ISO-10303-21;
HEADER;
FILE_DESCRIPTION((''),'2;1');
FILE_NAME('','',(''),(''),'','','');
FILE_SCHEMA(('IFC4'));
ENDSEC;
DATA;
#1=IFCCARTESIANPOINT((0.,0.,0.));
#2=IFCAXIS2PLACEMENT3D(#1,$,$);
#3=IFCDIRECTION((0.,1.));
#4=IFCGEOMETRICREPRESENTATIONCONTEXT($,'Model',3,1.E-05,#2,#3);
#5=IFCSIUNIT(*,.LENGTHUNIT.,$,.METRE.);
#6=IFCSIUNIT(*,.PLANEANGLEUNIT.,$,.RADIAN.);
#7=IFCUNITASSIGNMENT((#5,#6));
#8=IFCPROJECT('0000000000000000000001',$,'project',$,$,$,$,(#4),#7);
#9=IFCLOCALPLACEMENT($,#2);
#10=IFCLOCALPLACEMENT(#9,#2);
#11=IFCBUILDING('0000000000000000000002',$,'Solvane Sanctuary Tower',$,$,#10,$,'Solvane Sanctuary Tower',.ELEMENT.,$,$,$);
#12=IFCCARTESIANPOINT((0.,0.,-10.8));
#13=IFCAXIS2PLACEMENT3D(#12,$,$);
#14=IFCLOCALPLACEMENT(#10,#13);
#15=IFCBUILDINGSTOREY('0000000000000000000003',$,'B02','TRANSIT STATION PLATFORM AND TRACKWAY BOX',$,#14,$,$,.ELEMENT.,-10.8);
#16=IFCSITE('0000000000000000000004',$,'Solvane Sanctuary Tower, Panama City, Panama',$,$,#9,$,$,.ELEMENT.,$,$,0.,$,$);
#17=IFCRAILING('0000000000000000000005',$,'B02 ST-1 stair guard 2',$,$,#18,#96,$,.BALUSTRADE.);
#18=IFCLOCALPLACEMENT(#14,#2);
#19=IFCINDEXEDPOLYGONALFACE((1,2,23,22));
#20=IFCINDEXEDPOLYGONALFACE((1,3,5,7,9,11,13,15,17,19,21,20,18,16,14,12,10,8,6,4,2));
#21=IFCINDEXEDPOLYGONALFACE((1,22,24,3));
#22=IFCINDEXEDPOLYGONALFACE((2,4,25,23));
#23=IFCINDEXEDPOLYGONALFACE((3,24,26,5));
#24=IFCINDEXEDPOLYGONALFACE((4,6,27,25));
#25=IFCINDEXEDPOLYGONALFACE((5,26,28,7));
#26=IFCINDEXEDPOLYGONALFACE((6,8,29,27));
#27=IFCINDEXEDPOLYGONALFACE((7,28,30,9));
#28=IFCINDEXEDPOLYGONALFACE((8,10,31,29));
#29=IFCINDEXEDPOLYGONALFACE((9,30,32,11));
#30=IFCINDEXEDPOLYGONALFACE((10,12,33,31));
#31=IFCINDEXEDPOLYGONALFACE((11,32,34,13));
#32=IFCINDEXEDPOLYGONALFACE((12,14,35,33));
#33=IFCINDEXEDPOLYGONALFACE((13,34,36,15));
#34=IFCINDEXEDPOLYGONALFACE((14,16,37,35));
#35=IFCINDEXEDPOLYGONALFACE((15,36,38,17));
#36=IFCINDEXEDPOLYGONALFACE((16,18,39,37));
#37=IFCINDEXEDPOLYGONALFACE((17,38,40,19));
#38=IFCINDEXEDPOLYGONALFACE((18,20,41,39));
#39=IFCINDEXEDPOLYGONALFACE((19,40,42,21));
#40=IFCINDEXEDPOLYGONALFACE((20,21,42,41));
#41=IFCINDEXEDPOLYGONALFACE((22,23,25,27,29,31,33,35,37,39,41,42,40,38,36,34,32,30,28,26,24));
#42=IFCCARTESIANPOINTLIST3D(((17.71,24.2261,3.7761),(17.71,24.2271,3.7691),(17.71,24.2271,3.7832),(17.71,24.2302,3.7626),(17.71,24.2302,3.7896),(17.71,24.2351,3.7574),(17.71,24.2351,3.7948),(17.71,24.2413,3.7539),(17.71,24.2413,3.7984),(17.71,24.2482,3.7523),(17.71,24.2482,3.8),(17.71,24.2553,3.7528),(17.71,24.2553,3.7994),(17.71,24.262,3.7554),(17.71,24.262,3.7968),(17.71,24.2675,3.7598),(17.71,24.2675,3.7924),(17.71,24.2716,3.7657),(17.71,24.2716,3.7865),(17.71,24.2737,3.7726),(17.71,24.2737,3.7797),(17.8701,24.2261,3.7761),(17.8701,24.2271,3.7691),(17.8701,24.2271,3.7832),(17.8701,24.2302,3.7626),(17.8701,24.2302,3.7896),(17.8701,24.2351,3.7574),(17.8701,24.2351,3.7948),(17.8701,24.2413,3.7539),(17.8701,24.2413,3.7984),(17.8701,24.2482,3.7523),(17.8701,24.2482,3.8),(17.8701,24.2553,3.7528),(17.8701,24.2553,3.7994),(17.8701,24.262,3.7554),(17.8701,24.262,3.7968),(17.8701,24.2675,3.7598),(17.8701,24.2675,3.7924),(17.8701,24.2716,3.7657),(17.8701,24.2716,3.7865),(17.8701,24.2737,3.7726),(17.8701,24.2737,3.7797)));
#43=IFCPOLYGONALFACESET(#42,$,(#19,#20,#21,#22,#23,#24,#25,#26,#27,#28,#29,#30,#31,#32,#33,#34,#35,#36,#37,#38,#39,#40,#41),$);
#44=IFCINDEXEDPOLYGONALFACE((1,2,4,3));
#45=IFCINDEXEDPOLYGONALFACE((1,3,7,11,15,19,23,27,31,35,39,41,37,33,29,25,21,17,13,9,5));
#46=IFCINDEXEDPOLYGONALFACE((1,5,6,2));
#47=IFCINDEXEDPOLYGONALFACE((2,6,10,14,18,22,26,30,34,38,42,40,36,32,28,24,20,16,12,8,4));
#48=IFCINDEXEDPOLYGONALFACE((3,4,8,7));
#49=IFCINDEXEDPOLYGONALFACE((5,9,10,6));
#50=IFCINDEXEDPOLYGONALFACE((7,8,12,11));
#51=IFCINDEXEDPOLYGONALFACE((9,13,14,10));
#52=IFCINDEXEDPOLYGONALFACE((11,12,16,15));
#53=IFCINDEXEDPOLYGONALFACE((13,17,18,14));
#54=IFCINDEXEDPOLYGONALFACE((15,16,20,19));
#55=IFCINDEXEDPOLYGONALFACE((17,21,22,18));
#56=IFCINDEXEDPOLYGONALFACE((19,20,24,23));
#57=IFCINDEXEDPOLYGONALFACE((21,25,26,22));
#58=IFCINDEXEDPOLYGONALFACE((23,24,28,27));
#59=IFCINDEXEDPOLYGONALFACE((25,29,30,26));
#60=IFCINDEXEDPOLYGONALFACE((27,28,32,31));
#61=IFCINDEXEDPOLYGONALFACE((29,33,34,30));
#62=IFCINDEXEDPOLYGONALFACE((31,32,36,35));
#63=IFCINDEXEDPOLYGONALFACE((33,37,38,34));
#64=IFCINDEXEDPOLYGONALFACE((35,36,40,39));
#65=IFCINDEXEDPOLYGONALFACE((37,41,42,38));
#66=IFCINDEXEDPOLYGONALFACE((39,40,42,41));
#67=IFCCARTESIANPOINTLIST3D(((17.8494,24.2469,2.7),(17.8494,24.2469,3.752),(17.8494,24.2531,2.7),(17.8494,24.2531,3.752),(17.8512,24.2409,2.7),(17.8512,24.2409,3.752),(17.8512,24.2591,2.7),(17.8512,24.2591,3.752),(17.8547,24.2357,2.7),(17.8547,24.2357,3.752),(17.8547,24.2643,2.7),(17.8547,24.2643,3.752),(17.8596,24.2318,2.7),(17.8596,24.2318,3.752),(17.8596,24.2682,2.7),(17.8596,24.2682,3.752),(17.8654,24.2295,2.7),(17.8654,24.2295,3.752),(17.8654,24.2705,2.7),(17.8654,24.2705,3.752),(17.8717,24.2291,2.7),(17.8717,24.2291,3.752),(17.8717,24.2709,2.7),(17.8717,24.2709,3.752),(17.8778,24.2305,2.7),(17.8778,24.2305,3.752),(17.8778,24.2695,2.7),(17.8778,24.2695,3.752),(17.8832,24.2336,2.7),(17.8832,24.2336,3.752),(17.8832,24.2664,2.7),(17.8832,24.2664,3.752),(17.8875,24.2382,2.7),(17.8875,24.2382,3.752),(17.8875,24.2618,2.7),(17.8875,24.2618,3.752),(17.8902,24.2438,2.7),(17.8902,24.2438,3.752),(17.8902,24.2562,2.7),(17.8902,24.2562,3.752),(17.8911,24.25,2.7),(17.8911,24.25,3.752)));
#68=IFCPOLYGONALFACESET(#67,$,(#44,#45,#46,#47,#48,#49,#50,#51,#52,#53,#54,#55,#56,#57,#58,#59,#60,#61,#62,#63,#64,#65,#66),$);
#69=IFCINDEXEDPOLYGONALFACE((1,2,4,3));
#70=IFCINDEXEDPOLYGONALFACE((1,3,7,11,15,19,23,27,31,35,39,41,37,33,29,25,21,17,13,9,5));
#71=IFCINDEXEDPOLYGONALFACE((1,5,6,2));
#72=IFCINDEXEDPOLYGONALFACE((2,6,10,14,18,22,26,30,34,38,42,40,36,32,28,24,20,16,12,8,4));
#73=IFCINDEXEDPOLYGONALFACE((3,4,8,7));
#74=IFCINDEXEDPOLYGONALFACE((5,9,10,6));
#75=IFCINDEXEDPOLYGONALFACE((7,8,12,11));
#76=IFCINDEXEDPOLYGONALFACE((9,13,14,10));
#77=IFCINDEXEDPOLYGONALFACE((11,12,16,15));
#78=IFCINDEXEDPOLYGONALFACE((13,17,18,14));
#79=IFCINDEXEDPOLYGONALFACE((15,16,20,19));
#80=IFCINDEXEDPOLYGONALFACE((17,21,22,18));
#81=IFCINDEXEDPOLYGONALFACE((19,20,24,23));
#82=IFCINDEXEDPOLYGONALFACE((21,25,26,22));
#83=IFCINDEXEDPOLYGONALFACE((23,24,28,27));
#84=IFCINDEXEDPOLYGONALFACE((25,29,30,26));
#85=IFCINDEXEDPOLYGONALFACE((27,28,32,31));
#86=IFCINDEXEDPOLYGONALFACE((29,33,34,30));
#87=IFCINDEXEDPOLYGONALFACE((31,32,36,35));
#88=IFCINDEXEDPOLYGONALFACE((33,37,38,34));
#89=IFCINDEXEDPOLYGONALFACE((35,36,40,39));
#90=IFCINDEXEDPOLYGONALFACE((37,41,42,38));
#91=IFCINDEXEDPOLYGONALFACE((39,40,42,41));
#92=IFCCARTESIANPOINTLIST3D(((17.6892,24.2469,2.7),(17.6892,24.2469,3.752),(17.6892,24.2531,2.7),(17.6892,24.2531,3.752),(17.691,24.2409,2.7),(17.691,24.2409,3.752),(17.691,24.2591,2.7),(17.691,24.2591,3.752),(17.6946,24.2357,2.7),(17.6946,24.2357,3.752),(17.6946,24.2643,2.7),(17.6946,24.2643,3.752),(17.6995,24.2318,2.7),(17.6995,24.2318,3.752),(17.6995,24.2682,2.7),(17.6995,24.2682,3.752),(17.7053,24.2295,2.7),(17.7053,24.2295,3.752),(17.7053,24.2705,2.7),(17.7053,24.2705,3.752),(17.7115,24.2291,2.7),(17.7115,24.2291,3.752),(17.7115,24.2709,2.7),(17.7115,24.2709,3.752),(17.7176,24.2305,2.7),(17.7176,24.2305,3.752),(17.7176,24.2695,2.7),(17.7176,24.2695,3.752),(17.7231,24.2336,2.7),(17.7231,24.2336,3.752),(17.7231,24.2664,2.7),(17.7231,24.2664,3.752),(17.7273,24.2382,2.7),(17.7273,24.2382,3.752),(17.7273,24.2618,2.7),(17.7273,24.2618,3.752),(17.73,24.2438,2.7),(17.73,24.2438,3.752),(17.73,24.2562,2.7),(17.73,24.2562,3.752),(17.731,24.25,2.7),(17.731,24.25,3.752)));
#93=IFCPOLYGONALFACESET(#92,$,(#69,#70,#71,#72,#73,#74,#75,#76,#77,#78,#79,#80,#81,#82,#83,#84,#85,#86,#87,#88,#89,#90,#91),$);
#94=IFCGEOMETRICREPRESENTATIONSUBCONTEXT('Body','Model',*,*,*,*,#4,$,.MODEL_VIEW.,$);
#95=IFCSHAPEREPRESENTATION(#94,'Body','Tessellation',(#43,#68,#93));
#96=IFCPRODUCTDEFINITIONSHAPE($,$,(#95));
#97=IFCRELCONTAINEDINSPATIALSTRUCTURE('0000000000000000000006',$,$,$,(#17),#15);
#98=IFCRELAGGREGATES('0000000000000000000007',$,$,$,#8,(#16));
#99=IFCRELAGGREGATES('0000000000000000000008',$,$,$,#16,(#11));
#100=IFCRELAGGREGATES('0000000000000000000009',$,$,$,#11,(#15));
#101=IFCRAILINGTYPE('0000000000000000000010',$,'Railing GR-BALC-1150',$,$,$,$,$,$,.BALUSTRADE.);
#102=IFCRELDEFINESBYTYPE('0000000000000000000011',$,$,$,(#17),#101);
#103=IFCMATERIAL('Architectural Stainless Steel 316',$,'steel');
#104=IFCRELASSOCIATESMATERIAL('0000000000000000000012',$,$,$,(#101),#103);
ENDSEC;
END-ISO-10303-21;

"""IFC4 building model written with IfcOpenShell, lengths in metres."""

from ifc_helpers import new_model, si_unit, direction, frame, origin, origin_2d, place, context, subcontext, project, spatial, circle, extrude, material, type_object, element, save


model = new_model("IFC4")

# Units and contexts
model_context = context("Model", 3, precision=1e-05, world=origin(), true_north=direction((0.0, 1.0)))
body_context = subcontext(model_context, "Body", "Model", "MODEL_VIEW")
ifc_project = project(units=[si_unit("LENGTHUNIT", "METRE"), si_unit("PLANEANGLEUNIT", "RADIAN")], contexts=[model_context])

# Site, building, storey
site_placement = place(None, origin())
site = spatial("IfcSite", under=ifc_project, at=site_placement, Name="Solvane Sanctuary Tower, Panama City, Panama", CompositionType="ELEMENT", RefElevation=0.0)
building_placement = place(site_placement, origin())
building = spatial("IfcBuilding", under=site, at=building_placement, Name="Solvane Sanctuary Tower", LongName="Solvane Sanctuary Tower", CompositionType="ELEMENT")
storey_placement = place(building_placement, frame((0.0, 0.0, -10.8)))
storey = spatial("IfcBuildingStorey", under=building, at=storey_placement, Name="B02", Description="TRANSIT STATION PLATFORM AND TRACKWAY BOX", CompositionType="ELEMENT", Elevation=-10.8)

# Shared definitions
ifc_material_1 = material(Name="Architectural Stainless Steel 316", Category="steel")

# Railing
railing_type_1 = type_object("IfcRailingType", Name="Railing GR-BALC-1150", PredefinedType="BALUSTRADE", material=ifc_material_1)
railing_1_placement = place(storey_placement, frame((17.8701, 24.25, 2.7)))
element("IfcRailing", 1, at=railing_1_placement, inside=storey, type_object=railing_type_1, Name="B02 ST-1 stair guard 2", PredefinedType="BALUSTRADE", context=body_context, shape_type="SweptSolid", body=[
    extrude(circle(Radius=0.0239, at=origin_2d()), frame((0.0, 0.0, 1.0762), z_axis=(-1.0, 0.0, 0.0), x_axis=(0.0, -1.0, 0.0)), (0.0, 0.0, 1.0), 0.1602),
    extrude(circle(Radius=0.021, at=origin_2d()), origin(), (0.0, 0.0, 1.0), 1.052),
    extrude(circle(Radius=0.021, at=origin_2d()), frame((-0.1602, 0.0, 0.0)), (0.0, 0.0, 1.0), 1.052),
])

save(model, "model.ifc")
